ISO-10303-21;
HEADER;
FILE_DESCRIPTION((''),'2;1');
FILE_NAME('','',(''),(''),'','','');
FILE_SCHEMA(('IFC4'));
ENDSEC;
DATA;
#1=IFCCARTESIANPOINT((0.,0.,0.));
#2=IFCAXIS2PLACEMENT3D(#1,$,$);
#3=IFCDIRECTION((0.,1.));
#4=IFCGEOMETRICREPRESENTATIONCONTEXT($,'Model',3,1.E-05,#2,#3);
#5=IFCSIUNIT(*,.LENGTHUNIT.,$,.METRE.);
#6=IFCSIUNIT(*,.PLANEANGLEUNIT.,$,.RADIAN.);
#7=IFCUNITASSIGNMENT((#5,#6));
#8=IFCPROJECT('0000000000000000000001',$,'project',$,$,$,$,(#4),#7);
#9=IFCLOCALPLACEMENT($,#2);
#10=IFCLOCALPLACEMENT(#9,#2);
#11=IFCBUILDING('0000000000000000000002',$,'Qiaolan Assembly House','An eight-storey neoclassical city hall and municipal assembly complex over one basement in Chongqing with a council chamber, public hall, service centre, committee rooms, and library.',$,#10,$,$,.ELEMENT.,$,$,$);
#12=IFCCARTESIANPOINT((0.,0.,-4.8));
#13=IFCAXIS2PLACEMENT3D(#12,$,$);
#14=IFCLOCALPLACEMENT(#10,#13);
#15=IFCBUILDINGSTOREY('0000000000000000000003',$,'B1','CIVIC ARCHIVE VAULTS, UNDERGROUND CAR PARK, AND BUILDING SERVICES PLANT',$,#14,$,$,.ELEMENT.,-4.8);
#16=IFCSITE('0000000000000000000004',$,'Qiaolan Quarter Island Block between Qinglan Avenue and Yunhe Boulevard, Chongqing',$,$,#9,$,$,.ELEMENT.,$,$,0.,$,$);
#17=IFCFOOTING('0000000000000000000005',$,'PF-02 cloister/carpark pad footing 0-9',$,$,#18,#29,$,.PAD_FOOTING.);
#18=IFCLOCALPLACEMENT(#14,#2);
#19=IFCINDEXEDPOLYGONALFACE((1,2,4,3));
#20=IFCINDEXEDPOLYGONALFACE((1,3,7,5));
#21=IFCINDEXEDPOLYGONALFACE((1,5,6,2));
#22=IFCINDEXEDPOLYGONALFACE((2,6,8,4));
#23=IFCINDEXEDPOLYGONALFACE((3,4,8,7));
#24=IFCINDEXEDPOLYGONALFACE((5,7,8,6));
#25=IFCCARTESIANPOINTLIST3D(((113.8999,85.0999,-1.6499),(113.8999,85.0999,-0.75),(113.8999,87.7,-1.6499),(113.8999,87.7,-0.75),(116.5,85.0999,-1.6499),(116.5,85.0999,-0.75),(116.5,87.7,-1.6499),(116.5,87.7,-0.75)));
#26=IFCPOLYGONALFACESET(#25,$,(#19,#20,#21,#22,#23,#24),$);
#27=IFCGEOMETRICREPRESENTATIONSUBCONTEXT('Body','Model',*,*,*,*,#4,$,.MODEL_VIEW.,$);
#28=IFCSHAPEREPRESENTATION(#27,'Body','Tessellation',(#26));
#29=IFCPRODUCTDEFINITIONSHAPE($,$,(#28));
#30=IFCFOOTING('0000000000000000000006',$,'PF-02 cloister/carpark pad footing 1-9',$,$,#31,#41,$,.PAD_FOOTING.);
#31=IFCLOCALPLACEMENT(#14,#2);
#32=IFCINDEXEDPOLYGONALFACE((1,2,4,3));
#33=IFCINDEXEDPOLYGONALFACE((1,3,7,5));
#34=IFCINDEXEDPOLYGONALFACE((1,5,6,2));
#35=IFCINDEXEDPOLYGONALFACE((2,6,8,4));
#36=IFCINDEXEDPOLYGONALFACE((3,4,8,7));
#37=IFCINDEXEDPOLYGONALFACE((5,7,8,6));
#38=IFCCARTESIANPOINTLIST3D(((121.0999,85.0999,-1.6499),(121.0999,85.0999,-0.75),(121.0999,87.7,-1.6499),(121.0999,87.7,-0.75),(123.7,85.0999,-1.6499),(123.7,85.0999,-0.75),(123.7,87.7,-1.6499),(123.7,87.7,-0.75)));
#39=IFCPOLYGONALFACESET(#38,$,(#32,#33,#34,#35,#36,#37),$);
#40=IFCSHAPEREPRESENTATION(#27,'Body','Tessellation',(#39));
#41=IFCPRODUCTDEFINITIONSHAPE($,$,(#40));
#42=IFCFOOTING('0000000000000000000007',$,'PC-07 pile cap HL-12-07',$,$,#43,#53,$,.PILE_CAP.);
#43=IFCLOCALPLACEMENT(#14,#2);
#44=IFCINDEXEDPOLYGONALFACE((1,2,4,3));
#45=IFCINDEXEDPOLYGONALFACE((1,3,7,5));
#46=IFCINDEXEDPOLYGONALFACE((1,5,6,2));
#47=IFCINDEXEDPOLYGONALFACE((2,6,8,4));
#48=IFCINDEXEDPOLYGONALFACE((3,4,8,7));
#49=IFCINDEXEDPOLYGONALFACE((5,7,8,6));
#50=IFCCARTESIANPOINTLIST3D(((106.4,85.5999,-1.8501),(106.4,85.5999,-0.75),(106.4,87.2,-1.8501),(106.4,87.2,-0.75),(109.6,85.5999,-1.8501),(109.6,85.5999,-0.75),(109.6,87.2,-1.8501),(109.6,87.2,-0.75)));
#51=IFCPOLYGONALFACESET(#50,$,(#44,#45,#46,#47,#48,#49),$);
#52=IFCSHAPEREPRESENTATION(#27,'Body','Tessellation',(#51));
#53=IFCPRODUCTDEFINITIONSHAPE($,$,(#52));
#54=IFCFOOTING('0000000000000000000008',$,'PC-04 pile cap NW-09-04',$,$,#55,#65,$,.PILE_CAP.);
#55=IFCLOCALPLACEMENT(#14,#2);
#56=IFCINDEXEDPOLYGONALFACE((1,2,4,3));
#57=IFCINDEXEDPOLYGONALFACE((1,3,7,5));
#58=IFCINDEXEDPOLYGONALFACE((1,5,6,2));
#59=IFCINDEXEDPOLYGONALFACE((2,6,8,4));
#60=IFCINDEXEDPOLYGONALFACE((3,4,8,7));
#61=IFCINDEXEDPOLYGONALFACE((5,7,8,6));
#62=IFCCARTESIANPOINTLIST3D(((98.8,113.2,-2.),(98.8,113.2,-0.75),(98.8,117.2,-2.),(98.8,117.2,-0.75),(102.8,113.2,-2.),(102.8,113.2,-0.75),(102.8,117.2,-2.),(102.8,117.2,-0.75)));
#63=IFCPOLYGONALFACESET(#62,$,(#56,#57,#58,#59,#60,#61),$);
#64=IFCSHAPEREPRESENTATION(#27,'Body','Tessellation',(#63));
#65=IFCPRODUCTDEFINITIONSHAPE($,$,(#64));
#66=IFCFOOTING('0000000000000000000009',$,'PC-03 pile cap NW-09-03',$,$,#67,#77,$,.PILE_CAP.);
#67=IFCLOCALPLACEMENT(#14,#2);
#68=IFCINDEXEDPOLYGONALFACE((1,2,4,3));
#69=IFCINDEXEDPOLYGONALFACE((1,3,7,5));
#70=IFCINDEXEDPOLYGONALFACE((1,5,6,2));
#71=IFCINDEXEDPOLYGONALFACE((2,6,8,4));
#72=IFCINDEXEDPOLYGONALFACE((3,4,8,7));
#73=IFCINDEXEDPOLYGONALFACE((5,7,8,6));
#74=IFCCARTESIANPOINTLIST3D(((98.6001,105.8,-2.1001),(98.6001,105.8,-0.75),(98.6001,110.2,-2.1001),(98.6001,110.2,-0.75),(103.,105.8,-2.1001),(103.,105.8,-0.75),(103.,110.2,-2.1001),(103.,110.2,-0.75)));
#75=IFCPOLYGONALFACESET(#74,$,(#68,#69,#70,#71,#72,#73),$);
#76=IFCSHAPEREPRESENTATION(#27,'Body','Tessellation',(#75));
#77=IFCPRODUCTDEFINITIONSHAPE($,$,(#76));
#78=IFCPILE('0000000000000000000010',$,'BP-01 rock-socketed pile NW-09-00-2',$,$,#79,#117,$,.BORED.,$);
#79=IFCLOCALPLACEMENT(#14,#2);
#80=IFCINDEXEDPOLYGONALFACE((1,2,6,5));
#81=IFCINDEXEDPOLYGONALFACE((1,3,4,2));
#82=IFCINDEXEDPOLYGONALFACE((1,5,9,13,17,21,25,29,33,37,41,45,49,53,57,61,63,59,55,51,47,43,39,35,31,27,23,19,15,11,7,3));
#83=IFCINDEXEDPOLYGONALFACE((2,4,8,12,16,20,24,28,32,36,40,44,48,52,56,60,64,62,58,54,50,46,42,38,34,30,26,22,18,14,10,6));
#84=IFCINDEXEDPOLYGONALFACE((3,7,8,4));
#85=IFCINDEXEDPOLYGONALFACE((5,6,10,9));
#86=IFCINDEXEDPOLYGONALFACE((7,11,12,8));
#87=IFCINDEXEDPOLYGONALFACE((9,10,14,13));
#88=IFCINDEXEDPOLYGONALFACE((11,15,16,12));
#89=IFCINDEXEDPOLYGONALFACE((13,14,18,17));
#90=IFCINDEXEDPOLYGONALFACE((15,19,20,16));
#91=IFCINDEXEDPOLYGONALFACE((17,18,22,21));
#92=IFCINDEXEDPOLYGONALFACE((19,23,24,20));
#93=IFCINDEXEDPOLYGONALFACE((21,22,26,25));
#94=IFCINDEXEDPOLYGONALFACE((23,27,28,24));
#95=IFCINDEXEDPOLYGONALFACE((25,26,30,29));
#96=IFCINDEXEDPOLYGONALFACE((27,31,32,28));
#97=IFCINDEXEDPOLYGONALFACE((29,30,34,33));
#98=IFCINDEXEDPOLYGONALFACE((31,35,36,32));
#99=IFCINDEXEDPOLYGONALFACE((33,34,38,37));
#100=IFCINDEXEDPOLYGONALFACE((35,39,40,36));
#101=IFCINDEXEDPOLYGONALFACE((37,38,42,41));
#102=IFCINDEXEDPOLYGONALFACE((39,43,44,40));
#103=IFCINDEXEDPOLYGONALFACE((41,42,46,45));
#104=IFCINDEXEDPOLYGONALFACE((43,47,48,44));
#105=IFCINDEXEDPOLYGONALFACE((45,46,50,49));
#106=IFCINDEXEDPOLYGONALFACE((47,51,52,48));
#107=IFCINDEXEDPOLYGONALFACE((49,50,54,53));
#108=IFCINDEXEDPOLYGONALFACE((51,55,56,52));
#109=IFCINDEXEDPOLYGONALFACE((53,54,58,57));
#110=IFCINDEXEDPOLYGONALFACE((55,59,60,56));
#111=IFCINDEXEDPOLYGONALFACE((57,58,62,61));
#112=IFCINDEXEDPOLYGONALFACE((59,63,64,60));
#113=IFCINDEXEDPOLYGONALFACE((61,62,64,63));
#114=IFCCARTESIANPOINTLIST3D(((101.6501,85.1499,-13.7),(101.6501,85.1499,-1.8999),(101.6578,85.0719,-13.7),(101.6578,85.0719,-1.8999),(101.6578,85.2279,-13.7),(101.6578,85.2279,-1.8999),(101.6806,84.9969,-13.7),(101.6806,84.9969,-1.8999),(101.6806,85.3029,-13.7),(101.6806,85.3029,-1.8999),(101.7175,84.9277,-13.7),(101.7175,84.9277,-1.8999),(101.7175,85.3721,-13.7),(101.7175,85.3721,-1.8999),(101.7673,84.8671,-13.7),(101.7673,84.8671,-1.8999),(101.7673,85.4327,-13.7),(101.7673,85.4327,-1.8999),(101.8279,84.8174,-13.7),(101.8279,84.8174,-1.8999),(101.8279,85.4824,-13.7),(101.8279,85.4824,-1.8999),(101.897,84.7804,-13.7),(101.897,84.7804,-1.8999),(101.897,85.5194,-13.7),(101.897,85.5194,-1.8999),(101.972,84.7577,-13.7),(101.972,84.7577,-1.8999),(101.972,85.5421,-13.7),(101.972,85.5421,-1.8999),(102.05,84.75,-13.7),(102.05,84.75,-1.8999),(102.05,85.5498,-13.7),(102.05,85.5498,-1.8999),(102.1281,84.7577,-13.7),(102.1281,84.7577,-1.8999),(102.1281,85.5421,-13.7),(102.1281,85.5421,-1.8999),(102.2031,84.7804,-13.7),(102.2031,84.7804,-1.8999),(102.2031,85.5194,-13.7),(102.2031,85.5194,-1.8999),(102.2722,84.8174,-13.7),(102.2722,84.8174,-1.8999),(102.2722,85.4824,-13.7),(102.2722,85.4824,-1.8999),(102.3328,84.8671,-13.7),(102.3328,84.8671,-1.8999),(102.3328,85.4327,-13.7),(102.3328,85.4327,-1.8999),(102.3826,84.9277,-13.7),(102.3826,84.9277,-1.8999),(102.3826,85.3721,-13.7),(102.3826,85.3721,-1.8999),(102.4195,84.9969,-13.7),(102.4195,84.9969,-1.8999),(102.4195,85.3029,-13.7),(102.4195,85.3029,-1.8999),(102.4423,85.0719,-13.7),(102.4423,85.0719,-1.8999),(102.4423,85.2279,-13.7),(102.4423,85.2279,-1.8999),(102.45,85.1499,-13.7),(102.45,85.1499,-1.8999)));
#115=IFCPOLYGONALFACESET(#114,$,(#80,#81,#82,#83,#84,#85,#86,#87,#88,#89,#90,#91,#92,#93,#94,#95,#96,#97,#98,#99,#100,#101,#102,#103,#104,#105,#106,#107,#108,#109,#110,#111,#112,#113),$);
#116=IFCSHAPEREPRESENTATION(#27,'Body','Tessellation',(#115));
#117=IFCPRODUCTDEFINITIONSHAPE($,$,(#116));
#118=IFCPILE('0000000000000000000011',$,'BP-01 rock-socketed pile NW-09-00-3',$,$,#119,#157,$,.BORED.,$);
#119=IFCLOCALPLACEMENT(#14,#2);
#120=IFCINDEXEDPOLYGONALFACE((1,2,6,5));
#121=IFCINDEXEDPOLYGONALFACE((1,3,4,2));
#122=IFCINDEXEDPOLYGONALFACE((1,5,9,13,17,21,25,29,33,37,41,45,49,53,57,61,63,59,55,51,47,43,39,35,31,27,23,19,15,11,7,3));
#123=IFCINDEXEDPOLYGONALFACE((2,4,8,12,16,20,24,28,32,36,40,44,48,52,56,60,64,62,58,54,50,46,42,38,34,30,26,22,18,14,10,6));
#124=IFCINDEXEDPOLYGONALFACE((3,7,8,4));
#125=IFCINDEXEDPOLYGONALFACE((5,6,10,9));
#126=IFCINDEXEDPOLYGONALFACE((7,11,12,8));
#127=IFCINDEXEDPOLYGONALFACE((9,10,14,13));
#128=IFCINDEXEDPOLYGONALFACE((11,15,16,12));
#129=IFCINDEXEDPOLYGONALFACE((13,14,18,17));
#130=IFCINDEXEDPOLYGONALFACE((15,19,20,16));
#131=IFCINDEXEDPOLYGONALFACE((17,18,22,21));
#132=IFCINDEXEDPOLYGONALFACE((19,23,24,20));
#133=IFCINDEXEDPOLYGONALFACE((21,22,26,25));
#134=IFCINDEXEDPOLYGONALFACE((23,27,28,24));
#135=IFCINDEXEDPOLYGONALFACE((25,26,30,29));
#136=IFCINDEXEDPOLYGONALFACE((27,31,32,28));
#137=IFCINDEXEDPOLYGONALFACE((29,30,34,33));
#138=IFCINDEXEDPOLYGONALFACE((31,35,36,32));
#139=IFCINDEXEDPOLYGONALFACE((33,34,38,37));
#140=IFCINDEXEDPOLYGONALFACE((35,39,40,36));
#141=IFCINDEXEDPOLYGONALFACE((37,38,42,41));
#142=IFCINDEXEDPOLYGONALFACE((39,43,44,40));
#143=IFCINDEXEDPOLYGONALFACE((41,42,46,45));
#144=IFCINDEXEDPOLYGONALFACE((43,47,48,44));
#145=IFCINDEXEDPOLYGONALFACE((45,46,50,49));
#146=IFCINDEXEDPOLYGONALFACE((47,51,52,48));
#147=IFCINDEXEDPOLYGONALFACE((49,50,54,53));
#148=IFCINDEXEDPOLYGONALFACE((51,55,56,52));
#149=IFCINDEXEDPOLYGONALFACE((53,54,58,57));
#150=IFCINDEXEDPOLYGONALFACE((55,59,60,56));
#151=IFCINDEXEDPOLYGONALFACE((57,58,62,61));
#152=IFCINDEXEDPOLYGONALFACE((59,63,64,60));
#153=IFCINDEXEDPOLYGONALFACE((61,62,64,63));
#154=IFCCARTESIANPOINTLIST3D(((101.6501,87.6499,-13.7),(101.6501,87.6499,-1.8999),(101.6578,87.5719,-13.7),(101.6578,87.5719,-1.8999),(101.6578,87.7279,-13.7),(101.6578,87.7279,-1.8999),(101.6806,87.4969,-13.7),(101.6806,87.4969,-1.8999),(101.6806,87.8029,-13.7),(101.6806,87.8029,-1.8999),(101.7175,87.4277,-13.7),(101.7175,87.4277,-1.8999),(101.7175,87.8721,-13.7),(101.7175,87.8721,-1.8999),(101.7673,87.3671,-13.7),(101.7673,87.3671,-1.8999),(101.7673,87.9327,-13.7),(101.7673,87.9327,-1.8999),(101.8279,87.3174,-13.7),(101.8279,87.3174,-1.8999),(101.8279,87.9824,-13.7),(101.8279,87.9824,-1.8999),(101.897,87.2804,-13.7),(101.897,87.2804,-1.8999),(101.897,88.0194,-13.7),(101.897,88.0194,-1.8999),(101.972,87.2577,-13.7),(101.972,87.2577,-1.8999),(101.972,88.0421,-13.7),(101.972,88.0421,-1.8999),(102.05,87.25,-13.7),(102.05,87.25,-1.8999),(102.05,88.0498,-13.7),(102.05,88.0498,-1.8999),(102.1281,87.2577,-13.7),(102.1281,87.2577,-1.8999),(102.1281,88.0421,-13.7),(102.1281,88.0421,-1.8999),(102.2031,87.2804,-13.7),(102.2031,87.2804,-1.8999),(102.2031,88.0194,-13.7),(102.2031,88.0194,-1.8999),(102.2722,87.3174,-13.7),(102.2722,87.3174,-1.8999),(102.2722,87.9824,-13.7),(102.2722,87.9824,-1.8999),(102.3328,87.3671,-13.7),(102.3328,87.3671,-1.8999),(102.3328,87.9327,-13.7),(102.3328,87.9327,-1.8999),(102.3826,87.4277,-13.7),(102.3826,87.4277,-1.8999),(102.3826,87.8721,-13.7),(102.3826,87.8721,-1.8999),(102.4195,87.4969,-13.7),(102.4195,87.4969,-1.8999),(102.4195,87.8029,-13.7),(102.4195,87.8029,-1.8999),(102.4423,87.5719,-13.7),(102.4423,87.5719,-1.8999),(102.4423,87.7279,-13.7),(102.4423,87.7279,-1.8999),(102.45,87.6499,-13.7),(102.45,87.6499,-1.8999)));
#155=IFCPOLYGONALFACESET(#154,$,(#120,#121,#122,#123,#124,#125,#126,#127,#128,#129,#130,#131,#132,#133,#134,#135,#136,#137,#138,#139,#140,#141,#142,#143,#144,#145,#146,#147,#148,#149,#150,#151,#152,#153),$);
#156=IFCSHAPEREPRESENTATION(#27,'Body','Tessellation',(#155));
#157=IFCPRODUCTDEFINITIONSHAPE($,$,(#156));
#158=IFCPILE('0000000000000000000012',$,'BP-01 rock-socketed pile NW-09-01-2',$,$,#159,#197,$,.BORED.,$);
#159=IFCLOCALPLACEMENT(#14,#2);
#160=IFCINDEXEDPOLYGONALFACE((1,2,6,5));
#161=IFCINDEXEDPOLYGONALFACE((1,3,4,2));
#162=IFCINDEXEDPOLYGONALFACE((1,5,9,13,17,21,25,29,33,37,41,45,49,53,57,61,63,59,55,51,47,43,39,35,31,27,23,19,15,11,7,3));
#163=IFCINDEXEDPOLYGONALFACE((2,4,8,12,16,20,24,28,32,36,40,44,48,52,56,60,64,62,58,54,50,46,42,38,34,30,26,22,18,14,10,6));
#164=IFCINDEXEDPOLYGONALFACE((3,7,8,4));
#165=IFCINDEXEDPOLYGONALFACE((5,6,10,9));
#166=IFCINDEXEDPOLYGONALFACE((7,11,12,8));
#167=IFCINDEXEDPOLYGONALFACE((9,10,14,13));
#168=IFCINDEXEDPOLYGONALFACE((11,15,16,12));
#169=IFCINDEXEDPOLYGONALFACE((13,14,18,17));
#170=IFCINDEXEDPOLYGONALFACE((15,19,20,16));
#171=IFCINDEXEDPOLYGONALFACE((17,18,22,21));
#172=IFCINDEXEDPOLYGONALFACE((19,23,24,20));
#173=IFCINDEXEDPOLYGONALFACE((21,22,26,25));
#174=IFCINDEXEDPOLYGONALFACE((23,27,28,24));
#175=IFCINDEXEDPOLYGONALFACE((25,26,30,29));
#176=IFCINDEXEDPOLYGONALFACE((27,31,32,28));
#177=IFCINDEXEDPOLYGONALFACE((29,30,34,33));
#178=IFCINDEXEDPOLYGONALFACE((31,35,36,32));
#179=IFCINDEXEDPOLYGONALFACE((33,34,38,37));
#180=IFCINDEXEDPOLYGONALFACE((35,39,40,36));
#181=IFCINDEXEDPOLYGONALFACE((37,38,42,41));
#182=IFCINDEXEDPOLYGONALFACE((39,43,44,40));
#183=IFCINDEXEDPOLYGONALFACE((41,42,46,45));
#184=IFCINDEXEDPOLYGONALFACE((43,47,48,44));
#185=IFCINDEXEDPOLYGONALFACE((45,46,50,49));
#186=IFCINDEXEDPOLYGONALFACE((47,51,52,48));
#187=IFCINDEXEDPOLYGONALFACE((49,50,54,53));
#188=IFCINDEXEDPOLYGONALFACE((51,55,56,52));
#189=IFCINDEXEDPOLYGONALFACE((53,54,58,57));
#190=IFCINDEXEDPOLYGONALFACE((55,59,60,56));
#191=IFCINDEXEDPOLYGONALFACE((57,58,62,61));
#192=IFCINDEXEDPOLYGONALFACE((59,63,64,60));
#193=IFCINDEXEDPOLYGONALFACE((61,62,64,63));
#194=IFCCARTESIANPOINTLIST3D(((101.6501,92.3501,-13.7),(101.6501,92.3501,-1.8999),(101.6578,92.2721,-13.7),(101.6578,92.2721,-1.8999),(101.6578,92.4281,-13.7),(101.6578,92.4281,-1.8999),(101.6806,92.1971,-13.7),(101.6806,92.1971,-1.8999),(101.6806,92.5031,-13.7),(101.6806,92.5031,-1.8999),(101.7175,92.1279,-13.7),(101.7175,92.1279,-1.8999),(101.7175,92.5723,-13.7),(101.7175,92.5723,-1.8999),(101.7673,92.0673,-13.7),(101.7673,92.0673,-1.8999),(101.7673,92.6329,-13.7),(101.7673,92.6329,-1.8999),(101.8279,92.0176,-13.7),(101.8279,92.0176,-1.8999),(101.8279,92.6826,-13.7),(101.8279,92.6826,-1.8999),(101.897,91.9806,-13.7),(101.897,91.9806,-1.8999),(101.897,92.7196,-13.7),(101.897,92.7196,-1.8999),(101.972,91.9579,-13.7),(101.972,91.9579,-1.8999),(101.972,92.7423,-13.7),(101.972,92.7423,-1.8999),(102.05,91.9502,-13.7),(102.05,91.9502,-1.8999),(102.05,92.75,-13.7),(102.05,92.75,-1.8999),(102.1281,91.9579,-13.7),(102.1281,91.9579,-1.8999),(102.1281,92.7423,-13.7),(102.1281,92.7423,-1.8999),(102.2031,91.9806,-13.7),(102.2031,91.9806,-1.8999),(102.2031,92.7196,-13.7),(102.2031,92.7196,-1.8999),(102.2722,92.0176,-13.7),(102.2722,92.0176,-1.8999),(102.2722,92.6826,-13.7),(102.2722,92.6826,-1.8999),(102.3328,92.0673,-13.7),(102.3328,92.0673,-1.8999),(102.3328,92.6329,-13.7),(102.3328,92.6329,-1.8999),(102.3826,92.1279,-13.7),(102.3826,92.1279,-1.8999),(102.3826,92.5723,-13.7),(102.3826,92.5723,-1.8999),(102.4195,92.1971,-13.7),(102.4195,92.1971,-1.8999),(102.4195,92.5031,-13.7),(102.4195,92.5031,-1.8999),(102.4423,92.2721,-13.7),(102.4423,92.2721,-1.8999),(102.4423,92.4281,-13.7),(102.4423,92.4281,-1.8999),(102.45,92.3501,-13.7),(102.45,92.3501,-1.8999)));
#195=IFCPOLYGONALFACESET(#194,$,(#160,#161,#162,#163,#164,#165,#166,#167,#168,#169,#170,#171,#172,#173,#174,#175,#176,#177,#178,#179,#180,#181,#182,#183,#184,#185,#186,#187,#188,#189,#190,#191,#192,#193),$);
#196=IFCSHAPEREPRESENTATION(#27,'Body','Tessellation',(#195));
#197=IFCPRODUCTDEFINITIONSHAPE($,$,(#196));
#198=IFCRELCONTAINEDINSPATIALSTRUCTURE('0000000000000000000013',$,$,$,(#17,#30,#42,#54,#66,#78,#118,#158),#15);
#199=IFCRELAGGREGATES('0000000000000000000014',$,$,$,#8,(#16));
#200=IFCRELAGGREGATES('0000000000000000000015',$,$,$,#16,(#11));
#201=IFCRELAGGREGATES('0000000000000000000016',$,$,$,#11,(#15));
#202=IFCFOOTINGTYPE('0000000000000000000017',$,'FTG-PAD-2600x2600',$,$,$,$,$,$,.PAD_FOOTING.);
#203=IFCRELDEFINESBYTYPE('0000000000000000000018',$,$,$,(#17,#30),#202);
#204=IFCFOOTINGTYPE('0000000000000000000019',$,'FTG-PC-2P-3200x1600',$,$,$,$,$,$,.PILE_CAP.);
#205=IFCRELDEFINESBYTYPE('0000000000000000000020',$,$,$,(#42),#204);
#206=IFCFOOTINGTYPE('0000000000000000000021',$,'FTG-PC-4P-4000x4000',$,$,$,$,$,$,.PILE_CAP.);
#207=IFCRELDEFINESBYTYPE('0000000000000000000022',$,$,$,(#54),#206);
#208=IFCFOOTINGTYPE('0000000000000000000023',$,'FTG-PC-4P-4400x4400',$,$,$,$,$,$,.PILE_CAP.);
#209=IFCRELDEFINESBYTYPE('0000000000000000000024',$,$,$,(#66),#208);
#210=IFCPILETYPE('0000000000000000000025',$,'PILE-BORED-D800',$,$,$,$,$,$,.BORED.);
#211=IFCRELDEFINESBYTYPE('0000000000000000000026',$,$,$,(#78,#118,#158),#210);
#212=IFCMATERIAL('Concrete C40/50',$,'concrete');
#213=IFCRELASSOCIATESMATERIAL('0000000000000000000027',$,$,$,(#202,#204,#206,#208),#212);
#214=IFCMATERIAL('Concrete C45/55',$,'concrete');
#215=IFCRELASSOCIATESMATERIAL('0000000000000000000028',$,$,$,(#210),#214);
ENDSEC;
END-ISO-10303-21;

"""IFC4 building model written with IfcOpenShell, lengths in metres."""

from ifc_helpers import new_model, si_unit, direction, frame, origin, origin_2d, place, context, subcontext, project, spatial, rectangle, circle, extrude, material, material_profile, profile_set, type_object, element, save


model = new_model("IFC4")

# Units and contexts
model_context = context("Model", 3, precision=1e-05, world=origin(), true_north=direction((0.0, 1.0)))
body_context = subcontext(model_context, "Body", "Model", "MODEL_VIEW")
ifc_project = project(units=[si_unit("LENGTHUNIT", "METRE"), si_unit("PLANEANGLEUNIT", "RADIAN")], contexts=[model_context])

# Site, building, storey
site_placement = place(None, origin())
site = spatial("IfcSite", under=ifc_project, at=site_placement, Name="Qiaolan Quarter Island Block between Qinglan Avenue and Yunhe Boulevard, Chongqing", CompositionType="ELEMENT", RefElevation=0.0)
building_placement = place(site_placement, origin())
building = spatial("IfcBuilding", under=site, at=building_placement, Name="Qiaolan Assembly House", Description="An eight-storey neoclassical city hall and municipal assembly complex over one basement in Chongqing with a council chamber, public hall, service centre, committee rooms, and library.", CompositionType="ELEMENT")
storey_placement = place(building_placement, frame((0.0, 0.0, -4.8)))
storey = spatial("IfcBuildingStorey", under=building, at=storey_placement, Name="B1", Description="CIVIC ARCHIVE VAULTS, UNDERGROUND CAR PARK, AND BUILDING SERVICES PLANT", CompositionType="ELEMENT", Elevation=-4.8)

# Footings
ifc_material_1 = material(Name="Concrete C40/50", Category="concrete")
footing_type_1 = type_object("IfcFootingType", Name="FTG-PAD-2600x2600", PredefinedType="PAD_FOOTING", material=ifc_material_1)
for number, where, z_axis, x_axis, name in (
    (1, (115.2, 86.3999, -1.6499), (0.0, 0.0, 1.0), (1.0, 0.0, 0.0), "PF-02 cloister/carpark pad footing 0-9"),
    (2, (122.3999, 86.3999, -1.6499), (0.0, 0.0, 1.0), (1.0, 0.0, 0.0), "PF-02 cloister/carpark pad footing 1-9"),
):
    element("IfcFooting", number, at=place(storey_placement, frame(where, z_axis=z_axis, x_axis=x_axis)), inside=storey, type_object=footing_type_1, Name=name, PredefinedType="PAD_FOOTING", context=body_context, shape_type="SweptSolid", body=[
        extrude(rectangle(XDim=2.6001, YDim=2.6001, at=origin_2d()), origin(), (0.0, 0.0, 1.0), 0.8999),
    ])
footing_type_2 = type_object("IfcFootingType", Name="FTG-PC-2P-3200x1600", PredefinedType="PILE_CAP", material=ifc_material_1)
footing_1_placement = place(storey_placement, frame((108.0, 86.3999, -1.8501), z_axis=(0.0, 0.0, 1.0), x_axis=(1.0, 0.0, 0.0)))
element("IfcFooting", 3, at=footing_1_placement, inside=storey, type_object=footing_type_2, Name="PC-07 pile cap HL-12-07", PredefinedType="PILE_CAP", context=body_context, shape_type="SweptSolid", body=[
    extrude(rectangle(XDim=3.2, YDim=1.6001, at=origin_2d()), origin(), (0.0, 0.0, 1.0), 1.1001),
])
footing_type_3 = type_object("IfcFootingType", Name="FTG-PC-4P-4000x4000", PredefinedType="PILE_CAP", material=ifc_material_1)
footing_2_placement = place(storey_placement, frame((100.8, 115.2, -2.0), z_axis=(0.0, 0.0, 1.0), x_axis=(1.0, 0.0, 0.0)))
element("IfcFooting", 4, at=footing_2_placement, inside=storey, type_object=footing_type_3, Name="PC-04 pile cap NW-09-04", PredefinedType="PILE_CAP", context=body_context, shape_type="SweptSolid", body=[
    extrude(rectangle(XDim=4.0, YDim=4.0, at=origin_2d()), origin(), (0.0, 0.0, 1.0), 1.25),
])
footing_type_4 = type_object("IfcFootingType", Name="FTG-PC-4P-4400x4400", PredefinedType="PILE_CAP", material=ifc_material_1)
footing_3_placement = place(storey_placement, frame((100.8, 108.0, -2.1001), z_axis=(0.0, 0.0, 1.0), x_axis=(1.0, 0.0, 0.0)))
element("IfcFooting", 5, at=footing_3_placement, inside=storey, type_object=footing_type_4, Name="PC-03 pile cap NW-09-03", PredefinedType="PILE_CAP", context=body_context, shape_type="SweptSolid", body=[
    extrude(rectangle(XDim=4.3999, YDim=4.3999, at=origin_2d()), origin(), (0.0, 0.0, 1.0), 1.3501),
])

# Piles
ifc_material_2 = material(Name="Concrete C45/55", Category="concrete")
ifc_material_profile_1 = material_profile(ifc_material_2, circle(Radius=0.3999, at=origin_2d()), Name="PILE D800")
ifc_profile_set_1 = profile_set([ifc_material_profile_1], Name="Concrete C45/55")
pile_type_1 = type_object("IfcPileType", Name="PILE-BORED-D800", PredefinedType="BORED", material=ifc_profile_set_1)
for number, where, z_axis, x_axis, name in (
    (6, (102.05, 85.1499, -1.8999), (0.0, 0.0, -1.0), (1.0, 0.0, 0.0), "BP-01 rock-socketed pile NW-09-00-2"),
    (7, (102.05, 87.6499, -1.8999), (0.0, 0.0, -1.0), (1.0, 0.0, 0.0), "BP-01 rock-socketed pile NW-09-00-3"),
    (8, (102.05, 92.3501, -1.8999), (0.0, 0.0, -1.0), (1.0, 0.0, 0.0), "BP-01 rock-socketed pile NW-09-01-2"),
):
    element("IfcPile", number, at=place(storey_placement, frame(where, z_axis=z_axis, x_axis=x_axis)), inside=storey, type_object=pile_type_1, Name=name, PredefinedType="BORED", context=body_context, shape_type="SweptSolid", body=[
        extrude(circle(Radius=0.3999, at=origin_2d()), origin(), (0.0, 0.0, 1.0), 11.8),
    ])

save(model, "model.ifc")
